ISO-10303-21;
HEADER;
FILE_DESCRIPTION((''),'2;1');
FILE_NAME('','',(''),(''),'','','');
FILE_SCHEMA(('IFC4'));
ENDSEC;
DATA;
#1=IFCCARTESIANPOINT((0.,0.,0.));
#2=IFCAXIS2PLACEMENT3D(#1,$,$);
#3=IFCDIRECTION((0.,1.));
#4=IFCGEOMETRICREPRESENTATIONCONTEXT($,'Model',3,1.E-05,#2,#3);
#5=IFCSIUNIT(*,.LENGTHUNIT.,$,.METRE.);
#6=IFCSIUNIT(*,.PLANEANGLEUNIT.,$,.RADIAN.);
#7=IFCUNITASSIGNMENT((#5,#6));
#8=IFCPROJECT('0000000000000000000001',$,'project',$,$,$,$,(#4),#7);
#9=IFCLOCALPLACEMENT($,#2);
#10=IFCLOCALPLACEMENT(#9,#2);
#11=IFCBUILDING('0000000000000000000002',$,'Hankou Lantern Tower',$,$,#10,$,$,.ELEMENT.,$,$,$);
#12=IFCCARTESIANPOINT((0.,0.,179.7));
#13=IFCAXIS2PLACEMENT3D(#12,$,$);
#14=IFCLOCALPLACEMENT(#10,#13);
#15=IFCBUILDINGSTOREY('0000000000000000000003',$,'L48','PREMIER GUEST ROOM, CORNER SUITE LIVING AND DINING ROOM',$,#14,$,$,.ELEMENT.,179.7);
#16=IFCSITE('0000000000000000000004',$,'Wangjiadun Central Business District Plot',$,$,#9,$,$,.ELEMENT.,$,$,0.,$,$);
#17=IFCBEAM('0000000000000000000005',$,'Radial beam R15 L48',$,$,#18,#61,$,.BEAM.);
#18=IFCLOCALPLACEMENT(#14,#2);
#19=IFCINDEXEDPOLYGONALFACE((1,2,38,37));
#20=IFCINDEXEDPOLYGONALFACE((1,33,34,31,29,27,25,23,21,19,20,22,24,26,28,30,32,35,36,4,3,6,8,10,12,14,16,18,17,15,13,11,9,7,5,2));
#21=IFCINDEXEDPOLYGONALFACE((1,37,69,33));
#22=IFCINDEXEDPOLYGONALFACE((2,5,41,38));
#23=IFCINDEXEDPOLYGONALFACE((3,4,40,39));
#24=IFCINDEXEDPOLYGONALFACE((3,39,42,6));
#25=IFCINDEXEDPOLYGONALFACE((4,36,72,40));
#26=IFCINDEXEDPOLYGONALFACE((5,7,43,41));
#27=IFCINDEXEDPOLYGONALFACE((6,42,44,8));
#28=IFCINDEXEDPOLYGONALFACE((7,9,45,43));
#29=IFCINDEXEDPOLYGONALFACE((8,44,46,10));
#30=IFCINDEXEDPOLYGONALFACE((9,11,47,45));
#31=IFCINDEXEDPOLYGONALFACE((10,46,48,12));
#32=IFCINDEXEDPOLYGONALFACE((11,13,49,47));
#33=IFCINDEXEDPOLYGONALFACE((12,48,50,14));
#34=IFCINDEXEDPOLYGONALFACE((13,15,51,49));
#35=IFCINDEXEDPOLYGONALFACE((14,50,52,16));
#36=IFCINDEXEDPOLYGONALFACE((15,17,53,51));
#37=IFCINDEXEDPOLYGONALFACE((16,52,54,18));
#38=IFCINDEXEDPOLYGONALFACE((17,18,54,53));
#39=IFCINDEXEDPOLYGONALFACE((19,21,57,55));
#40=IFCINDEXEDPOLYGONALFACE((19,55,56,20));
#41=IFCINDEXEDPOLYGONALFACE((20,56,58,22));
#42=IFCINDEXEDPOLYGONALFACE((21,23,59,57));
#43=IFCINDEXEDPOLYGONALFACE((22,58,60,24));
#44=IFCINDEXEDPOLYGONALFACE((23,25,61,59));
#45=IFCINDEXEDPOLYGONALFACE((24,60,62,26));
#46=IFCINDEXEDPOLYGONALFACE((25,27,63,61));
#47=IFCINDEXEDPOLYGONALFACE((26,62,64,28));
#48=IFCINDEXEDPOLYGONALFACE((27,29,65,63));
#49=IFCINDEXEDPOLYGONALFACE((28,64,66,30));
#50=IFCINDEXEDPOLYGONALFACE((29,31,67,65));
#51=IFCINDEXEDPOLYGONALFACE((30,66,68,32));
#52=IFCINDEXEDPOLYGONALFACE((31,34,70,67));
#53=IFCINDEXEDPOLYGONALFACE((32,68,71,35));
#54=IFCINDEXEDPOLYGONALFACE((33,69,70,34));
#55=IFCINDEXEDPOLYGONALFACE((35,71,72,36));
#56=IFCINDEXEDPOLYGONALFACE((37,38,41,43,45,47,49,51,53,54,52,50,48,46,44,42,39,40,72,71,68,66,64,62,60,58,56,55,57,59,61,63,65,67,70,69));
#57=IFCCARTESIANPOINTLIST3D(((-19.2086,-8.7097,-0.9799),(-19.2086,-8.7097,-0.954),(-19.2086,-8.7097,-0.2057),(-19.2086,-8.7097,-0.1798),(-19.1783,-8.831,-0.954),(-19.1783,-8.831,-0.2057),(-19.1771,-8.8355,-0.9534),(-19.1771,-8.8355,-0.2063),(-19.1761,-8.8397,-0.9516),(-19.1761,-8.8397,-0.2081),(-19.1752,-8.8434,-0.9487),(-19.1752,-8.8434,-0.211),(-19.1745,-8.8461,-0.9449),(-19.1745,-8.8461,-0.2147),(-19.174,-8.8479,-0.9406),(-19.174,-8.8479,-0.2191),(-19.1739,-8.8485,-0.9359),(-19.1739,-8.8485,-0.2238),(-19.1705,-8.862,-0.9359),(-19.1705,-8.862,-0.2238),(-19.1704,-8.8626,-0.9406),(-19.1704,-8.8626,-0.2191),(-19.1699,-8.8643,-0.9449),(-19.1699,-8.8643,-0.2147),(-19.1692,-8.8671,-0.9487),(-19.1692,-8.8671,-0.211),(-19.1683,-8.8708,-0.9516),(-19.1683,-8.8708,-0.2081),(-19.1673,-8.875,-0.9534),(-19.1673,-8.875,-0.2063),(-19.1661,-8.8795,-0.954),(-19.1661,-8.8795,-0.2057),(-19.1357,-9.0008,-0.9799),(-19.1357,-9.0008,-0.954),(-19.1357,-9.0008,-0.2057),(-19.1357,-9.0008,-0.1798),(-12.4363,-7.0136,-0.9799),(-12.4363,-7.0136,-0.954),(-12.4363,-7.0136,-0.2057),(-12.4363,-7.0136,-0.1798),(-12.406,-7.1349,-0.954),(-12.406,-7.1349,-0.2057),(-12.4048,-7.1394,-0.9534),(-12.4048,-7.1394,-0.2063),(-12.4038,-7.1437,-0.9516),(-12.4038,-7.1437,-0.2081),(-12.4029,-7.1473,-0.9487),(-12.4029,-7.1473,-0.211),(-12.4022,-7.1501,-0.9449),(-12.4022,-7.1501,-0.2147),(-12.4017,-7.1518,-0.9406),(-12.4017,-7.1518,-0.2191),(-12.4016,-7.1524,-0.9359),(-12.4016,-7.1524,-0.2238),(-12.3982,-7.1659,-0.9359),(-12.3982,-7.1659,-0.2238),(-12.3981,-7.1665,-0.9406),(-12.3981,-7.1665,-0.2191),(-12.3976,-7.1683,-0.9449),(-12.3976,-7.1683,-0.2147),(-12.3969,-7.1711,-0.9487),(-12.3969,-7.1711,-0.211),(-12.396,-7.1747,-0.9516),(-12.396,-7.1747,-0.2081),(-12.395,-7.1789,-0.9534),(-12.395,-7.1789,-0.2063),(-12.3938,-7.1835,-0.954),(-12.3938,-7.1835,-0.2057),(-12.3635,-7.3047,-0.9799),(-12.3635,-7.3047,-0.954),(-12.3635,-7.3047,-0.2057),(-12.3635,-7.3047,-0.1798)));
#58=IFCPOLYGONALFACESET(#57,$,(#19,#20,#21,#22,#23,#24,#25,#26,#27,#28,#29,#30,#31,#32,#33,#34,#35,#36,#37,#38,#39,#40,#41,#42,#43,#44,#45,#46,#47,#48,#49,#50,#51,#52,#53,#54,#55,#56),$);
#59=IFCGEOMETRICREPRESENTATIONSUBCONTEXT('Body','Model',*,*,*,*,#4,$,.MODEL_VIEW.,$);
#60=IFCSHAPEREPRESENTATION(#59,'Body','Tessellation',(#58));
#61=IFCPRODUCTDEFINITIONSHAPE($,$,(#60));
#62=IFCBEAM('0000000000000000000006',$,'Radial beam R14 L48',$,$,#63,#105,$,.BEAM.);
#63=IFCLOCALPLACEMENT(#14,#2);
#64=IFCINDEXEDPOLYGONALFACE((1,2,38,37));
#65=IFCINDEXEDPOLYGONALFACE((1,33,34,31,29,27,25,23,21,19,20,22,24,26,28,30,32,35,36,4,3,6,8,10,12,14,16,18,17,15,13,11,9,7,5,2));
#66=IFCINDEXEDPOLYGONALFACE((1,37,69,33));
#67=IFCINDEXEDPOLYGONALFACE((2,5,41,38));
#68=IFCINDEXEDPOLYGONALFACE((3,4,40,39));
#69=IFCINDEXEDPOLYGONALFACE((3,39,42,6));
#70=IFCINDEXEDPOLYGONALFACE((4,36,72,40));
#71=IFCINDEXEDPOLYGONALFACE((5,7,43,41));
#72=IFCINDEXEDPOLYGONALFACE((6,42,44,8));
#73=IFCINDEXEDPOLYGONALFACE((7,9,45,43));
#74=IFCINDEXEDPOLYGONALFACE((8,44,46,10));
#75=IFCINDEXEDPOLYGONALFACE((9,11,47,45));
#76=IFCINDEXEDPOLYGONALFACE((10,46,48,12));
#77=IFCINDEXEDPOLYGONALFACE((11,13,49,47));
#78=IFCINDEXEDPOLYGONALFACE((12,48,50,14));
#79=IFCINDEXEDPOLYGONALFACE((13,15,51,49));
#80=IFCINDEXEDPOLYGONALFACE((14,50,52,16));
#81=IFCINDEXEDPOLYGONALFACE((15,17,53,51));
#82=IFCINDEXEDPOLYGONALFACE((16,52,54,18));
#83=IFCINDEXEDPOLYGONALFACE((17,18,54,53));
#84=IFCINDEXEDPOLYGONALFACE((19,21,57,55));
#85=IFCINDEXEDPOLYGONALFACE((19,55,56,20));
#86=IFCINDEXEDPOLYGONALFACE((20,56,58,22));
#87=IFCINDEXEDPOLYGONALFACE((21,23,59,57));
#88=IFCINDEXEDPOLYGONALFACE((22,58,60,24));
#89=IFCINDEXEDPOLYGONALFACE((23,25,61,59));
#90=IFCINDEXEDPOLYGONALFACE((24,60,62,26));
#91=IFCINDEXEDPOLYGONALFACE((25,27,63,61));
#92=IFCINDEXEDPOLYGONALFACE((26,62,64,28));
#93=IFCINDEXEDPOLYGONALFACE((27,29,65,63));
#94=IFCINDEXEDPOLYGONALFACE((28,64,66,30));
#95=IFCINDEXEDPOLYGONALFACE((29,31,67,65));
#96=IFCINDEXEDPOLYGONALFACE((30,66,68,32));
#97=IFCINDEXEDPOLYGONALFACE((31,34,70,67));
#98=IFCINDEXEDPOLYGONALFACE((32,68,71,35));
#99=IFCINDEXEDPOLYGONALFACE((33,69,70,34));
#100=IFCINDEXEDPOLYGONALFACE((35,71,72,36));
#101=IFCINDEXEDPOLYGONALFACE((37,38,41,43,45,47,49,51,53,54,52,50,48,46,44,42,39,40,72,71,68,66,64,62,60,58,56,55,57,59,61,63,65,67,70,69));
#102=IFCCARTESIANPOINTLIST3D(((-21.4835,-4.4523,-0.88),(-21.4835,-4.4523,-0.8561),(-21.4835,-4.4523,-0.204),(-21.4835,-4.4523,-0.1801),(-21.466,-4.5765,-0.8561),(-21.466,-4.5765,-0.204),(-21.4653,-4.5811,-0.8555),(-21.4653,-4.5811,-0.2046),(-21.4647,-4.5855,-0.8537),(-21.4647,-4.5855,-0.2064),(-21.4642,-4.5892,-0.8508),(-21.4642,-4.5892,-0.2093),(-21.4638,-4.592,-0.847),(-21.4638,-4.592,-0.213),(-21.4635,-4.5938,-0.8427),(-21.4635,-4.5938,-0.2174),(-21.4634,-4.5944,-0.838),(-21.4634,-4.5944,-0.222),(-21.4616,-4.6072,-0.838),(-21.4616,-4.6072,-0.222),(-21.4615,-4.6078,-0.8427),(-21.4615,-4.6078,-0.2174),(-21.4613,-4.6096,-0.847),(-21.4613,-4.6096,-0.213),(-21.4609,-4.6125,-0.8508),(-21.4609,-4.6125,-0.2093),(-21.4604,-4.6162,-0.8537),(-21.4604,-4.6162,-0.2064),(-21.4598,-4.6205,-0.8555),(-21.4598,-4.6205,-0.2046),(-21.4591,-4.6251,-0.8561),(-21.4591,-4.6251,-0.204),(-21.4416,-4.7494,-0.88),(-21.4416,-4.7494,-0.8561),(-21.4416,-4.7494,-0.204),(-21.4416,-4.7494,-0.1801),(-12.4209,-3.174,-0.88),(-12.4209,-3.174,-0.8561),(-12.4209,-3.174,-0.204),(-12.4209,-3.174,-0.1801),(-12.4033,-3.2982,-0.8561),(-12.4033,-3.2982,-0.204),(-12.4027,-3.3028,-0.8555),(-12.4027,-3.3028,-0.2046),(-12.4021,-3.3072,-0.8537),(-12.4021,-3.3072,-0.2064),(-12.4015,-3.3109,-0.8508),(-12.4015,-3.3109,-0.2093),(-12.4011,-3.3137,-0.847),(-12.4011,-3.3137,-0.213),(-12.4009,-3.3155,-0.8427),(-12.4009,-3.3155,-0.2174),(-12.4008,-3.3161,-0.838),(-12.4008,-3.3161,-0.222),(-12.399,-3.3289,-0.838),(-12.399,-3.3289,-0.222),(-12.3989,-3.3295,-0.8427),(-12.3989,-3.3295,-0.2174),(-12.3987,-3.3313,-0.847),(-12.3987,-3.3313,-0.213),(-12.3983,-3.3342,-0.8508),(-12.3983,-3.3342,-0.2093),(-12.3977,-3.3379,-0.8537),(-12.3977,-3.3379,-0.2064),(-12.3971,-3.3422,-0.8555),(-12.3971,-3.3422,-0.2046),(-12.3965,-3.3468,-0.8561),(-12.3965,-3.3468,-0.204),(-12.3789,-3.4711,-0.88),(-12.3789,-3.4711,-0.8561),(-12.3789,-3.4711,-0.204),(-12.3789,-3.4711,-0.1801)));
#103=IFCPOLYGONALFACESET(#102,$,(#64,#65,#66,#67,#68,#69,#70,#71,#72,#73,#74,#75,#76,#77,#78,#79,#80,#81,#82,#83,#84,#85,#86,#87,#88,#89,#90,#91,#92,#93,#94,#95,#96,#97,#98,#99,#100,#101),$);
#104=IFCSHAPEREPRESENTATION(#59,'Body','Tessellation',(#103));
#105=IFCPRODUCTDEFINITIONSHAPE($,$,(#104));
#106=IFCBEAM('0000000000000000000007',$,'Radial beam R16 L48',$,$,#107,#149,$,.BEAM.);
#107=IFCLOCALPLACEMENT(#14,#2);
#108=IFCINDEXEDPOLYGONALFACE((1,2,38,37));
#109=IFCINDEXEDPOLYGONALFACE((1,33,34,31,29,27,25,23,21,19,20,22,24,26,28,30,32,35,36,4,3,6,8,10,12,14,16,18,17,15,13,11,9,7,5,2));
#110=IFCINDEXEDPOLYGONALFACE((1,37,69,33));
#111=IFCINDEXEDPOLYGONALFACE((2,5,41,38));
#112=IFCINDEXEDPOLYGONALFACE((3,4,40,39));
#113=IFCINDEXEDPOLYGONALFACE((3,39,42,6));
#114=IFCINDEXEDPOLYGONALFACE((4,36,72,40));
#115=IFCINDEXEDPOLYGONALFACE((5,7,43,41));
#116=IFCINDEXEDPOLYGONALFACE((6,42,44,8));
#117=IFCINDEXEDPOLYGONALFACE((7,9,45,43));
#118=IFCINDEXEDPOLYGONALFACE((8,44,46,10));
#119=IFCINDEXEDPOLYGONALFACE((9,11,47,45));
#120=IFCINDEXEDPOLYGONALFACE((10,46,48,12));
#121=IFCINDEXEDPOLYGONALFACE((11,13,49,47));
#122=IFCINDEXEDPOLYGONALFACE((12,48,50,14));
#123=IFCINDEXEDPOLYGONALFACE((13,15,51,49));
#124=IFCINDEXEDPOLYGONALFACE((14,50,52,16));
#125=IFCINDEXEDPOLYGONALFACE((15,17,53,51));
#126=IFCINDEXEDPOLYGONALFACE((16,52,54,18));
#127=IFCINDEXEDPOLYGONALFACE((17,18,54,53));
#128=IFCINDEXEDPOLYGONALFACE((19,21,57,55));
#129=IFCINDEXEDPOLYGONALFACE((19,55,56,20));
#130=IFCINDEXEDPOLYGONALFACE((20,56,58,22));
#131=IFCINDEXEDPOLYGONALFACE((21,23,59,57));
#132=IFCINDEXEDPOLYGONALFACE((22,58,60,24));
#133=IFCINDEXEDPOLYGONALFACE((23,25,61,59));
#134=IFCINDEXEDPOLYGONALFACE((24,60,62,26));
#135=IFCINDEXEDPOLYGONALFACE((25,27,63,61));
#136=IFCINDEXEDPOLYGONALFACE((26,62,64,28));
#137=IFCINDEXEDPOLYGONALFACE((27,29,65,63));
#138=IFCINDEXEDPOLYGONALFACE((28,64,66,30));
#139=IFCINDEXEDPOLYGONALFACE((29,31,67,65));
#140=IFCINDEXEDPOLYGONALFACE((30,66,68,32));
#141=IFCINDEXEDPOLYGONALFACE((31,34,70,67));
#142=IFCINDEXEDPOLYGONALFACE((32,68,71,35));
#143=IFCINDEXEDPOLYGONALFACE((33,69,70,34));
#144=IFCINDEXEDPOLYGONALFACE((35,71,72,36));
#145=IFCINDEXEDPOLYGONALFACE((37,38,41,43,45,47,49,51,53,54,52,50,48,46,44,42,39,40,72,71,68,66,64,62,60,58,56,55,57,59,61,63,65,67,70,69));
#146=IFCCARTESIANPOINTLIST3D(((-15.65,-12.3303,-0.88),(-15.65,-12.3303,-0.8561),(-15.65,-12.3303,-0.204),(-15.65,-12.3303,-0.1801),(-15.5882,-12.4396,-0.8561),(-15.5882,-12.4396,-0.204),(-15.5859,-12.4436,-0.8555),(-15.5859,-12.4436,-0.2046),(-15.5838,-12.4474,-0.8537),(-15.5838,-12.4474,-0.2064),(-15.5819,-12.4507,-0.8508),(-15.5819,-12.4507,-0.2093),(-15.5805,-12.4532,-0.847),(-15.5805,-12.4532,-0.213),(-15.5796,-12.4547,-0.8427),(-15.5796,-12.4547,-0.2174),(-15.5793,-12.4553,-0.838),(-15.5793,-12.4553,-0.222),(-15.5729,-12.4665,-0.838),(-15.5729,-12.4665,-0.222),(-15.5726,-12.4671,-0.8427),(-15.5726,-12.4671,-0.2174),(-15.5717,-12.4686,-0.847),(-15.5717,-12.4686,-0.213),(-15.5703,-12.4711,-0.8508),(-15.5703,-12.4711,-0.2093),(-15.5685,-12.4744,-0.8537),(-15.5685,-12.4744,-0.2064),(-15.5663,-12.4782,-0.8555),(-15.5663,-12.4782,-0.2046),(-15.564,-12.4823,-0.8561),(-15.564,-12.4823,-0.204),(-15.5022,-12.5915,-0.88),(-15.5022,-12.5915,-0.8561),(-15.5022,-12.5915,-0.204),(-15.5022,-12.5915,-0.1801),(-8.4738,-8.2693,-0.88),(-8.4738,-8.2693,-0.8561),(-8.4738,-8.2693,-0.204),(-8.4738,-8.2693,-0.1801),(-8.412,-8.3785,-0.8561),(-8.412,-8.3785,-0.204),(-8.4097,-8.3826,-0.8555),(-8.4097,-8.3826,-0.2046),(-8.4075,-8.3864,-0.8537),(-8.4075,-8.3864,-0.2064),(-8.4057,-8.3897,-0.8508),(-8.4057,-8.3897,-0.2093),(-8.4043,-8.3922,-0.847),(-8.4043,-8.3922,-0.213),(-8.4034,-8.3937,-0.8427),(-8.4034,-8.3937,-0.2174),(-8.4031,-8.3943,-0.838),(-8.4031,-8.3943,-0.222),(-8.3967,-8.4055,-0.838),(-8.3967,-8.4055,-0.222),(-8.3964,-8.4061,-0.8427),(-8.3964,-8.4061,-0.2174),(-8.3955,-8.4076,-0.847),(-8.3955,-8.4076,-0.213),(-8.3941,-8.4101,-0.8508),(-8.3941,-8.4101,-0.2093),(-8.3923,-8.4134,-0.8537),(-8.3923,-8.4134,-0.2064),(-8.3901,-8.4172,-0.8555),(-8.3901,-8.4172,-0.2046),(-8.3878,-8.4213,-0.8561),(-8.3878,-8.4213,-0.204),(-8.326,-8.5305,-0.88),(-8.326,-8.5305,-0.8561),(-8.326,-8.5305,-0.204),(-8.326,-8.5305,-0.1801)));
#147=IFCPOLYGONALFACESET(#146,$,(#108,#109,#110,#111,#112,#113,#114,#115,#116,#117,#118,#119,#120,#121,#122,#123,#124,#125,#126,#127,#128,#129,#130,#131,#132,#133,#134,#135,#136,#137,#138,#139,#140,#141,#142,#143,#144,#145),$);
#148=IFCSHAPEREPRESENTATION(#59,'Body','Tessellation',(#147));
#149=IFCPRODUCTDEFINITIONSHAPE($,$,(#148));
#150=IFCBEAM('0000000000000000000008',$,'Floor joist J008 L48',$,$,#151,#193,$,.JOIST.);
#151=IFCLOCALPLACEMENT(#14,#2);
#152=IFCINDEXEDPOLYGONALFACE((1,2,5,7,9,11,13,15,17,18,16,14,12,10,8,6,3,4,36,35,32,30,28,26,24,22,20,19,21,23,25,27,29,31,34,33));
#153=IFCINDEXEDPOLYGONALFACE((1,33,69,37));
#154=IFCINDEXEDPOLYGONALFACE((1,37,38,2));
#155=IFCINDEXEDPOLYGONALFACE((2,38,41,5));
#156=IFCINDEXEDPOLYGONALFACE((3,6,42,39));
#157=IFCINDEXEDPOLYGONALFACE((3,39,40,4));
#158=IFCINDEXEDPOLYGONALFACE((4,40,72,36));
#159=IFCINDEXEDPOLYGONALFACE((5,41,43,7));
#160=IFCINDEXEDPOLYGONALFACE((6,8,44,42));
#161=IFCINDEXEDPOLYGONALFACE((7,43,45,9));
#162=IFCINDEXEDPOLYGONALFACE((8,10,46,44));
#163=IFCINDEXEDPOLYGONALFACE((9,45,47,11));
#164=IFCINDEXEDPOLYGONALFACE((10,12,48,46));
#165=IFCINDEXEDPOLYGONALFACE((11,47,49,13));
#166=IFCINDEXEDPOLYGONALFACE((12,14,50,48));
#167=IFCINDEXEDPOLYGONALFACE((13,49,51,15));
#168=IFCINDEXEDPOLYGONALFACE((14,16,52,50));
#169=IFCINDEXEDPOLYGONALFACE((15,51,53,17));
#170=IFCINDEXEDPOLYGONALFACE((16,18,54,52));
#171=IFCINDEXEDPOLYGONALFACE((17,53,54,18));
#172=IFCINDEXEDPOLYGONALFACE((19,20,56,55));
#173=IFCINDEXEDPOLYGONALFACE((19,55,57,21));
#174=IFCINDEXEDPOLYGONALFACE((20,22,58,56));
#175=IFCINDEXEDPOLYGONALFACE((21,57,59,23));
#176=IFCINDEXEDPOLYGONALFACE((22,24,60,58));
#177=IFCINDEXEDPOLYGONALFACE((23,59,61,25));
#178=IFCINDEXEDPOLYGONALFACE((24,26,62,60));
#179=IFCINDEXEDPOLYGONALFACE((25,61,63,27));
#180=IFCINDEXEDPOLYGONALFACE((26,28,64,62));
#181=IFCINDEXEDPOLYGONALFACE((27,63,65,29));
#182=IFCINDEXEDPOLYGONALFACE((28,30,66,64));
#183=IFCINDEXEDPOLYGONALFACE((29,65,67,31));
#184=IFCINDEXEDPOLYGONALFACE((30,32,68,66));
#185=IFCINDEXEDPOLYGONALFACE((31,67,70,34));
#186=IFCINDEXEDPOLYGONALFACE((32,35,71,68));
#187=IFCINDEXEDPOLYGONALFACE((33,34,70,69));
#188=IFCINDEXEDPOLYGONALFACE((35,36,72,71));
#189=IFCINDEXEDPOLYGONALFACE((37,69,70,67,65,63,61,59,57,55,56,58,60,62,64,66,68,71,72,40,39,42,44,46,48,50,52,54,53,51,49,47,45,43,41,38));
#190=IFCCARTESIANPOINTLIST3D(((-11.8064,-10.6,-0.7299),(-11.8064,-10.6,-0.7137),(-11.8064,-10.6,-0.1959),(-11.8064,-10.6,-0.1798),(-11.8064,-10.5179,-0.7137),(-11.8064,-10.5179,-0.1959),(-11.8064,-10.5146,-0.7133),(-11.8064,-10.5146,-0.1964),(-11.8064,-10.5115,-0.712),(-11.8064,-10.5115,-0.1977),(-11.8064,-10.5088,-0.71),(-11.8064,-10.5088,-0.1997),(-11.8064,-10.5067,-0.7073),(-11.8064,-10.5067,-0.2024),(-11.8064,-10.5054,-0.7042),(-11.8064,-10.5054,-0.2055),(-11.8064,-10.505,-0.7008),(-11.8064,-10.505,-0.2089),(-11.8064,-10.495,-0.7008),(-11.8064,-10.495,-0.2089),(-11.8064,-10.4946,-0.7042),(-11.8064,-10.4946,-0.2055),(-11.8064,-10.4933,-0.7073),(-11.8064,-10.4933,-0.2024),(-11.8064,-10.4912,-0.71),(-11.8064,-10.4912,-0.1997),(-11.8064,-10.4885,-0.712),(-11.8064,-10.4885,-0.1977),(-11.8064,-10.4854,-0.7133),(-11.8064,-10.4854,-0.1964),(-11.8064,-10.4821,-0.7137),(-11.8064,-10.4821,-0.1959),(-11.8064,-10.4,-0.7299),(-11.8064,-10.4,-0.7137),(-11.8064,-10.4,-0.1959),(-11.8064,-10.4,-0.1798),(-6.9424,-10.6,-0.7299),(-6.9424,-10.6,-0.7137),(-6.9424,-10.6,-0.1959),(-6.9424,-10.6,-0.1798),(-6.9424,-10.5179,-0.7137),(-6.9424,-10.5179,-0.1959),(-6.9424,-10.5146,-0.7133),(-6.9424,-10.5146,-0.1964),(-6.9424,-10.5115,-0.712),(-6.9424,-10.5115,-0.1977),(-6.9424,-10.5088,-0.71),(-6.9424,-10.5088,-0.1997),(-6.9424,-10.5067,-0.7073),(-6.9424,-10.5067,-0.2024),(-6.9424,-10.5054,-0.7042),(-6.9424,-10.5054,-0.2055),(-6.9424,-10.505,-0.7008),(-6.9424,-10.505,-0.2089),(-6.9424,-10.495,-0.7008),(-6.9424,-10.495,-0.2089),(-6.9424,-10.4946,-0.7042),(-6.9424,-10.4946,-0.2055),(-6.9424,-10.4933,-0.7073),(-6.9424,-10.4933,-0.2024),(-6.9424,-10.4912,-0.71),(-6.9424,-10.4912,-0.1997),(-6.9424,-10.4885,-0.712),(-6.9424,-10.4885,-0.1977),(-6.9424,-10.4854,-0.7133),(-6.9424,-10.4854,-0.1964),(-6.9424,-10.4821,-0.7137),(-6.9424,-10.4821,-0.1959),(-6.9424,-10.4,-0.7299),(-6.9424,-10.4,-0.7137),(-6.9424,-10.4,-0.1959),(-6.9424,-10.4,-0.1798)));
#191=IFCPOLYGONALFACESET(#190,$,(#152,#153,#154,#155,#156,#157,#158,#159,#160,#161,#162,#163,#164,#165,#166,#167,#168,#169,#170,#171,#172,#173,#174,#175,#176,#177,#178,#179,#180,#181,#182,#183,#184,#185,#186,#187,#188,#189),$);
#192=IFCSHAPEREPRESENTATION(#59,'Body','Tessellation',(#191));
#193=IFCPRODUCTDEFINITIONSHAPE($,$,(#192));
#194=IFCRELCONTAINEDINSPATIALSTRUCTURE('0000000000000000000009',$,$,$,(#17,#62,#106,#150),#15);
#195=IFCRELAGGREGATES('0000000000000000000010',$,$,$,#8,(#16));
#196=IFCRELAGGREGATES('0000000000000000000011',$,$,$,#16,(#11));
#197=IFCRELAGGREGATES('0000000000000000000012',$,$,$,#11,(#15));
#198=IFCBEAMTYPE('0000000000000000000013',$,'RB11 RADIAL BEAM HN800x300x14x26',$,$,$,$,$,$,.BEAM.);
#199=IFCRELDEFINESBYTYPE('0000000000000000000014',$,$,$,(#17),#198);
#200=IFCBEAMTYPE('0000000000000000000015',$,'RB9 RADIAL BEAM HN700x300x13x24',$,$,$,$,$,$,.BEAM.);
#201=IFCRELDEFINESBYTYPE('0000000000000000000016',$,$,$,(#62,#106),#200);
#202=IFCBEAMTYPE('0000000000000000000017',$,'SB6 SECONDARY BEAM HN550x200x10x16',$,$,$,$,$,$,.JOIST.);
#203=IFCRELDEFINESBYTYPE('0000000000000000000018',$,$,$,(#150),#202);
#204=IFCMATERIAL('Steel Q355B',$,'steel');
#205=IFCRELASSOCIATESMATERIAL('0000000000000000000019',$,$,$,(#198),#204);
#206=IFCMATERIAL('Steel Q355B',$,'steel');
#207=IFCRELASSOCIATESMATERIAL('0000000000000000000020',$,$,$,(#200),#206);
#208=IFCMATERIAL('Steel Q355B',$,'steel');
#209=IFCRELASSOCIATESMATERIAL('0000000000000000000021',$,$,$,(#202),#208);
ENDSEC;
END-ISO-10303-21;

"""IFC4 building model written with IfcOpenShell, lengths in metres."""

from ifc_helpers import new_model, si_unit, direction, frame, origin, origin_2d, place, context, subcontext, project, spatial, i_section, extrude, material, material_profile, profile_set, type_object, element, save


model = new_model("IFC4")

# Units and contexts
model_context = context("Model", 3, precision=1e-05, world=origin(), true_north=direction((0.0, 1.0)))
body_context = subcontext(model_context, "Body", "Model", "MODEL_VIEW")
ifc_project = project(units=[si_unit("LENGTHUNIT", "METRE"), si_unit("PLANEANGLEUNIT", "RADIAN")], contexts=[model_context])

# Site, building, storey
site_placement = place(None, origin())
site = spatial("IfcSite", under=ifc_project, at=site_placement, Name="Wangjiadun Central Business District Plot", CompositionType="ELEMENT", RefElevation=0.0)
building_placement = place(site_placement, origin())
building = spatial("IfcBuilding", under=site, at=building_placement, Name="Hankou Lantern Tower", CompositionType="ELEMENT")
storey_placement = place(building_placement, frame((0.0, 0.0, 179.7)))
storey = spatial("IfcBuildingStorey", under=building, at=storey_placement, Name="L48", Description="PREMIER GUEST ROOM, CORNER SUITE LIVING AND DINING ROOM", CompositionType="ELEMENT", Elevation=179.7)

# Beams
ifc_material_1 = material(Name="Steel Q355B", Category="steel")
ifc_material_profile_1 = material_profile(ifc_material_1, i_section(OverallWidth=0.3, OverallDepth=0.8, WebThickness=0.0139, FlangeThickness=0.0259, FilletRadius=0.0181, at=origin_2d()), Name="HN800x300x14x26")
ifc_profile_set_1 = profile_set([ifc_material_profile_1], Name="Steel Q355B")
beam_type_1 = type_object("IfcBeamType", Name="RB11 RADIAL BEAM HN800x300x14x26", PredefinedType="BEAM", material=ifc_profile_set_1)
beam_1_placement = place(storey_placement, frame((-12.3999, -7.1592, -0.5798), z_axis=(-0.970042, -0.242939, 0.0), x_axis=(0.242939, -0.970042, 0.0)))
element("IfcBeam", 1, at=beam_1_placement, inside=storey, type_object=beam_type_1, Name="Radial beam R15 L48", PredefinedType="BEAM", context=body_context, shape_type="SweptSolid", body=[
    extrude(i_section(OverallWidth=0.3, OverallDepth=0.8, WebThickness=0.0139, FlangeThickness=0.0259, FilletRadius=0.0181, at=origin_2d()), origin(), (0.0, 0.0, 1.0), 6.9814),
])
ifc_material_2 = material(Name="Steel Q355B", Category="steel")
ifc_material_profile_2 = material_profile(ifc_material_2, i_section(OverallWidth=0.3, OverallDepth=0.7, WebThickness=0.0129, FlangeThickness=0.0239, FilletRadius=0.0181, at=origin_2d()), Name="HN700x300x13x24")
ifc_profile_set_2 = profile_set([ifc_material_profile_2], Name="Steel Q355B")
beam_type_2 = type_object("IfcBeamType", Name="RB9 RADIAL BEAM HN700x300x13x24", PredefinedType="BEAM", material=ifc_profile_set_2)
beam_2_placement = place(storey_placement, frame((-12.3999, -3.3225, -0.53), z_axis=(-0.990198, -0.13967, 0.0), x_axis=(0.13967, -0.990198, 0.0)))
element("IfcBeam", 2, at=beam_2_placement, inside=storey, type_object=beam_type_2, Name="Radial beam R14 L48", PredefinedType="BEAM", context=body_context, shape_type="SweptSolid", body=[
    extrude(i_section(OverallWidth=0.3, OverallDepth=0.7, WebThickness=0.0129, FlangeThickness=0.0239, FilletRadius=0.0181, at=origin_2d()), origin(), (0.0, 0.0, 1.0), 9.1523),
])
beam_3_placement = place(storey_placement, frame((-8.3999, -8.3999, -0.53), z_axis=(-0.870309, -0.492506, 0.0), x_axis=(0.492506, -0.870309, 0.0)))
element("IfcBeam", 3, at=beam_3_placement, inside=storey, type_object=beam_type_2, Name="Radial beam R16 L48", PredefinedType="BEAM", context=body_context, shape_type="SweptSolid", body=[
    extrude(i_section(OverallWidth=0.3, OverallDepth=0.7, WebThickness=0.0129, FlangeThickness=0.0239, FilletRadius=0.0181, at=origin_2d()), origin(), (0.0, 0.0, 1.0), 8.2456),
])
ifc_material_3 = material(Name="Steel Q355B", Category="steel")
ifc_material_profile_3 = material_profile(ifc_material_3, i_section(OverallWidth=0.2, OverallDepth=0.55, WebThickness=0.01, FlangeThickness=0.0161, FilletRadius=0.0129, at=origin_2d()), Name="HN550x200x10x16")
ifc_profile_set_3 = profile_set([ifc_material_profile_3], Name="Steel Q355B")
beam_type_3 = type_object("IfcBeamType", Name="SB6 SECONDARY BEAM HN550x200x10x16", PredefinedType="JOIST", material=ifc_profile_set_3)
beam_4_placement = place(storey_placement, frame((-11.8064, -10.5, -0.4548), z_axis=(1.0, 0.0, 0.0), x_axis=(0.0, 1.0, 0.0)))
element("IfcBeam", 4, at=beam_4_placement, inside=storey, type_object=beam_type_3, Name="Floor joist J008 L48", PredefinedType="JOIST", context=body_context, shape_type="SweptSolid", body=[
    extrude(i_section(OverallWidth=0.2, OverallDepth=0.55, WebThickness=0.01, FlangeThickness=0.0161, FilletRadius=0.0129, at=origin_2d()), origin(), (0.0, 0.0, 1.0), 4.864),
])

save(model, "model.ifc")
